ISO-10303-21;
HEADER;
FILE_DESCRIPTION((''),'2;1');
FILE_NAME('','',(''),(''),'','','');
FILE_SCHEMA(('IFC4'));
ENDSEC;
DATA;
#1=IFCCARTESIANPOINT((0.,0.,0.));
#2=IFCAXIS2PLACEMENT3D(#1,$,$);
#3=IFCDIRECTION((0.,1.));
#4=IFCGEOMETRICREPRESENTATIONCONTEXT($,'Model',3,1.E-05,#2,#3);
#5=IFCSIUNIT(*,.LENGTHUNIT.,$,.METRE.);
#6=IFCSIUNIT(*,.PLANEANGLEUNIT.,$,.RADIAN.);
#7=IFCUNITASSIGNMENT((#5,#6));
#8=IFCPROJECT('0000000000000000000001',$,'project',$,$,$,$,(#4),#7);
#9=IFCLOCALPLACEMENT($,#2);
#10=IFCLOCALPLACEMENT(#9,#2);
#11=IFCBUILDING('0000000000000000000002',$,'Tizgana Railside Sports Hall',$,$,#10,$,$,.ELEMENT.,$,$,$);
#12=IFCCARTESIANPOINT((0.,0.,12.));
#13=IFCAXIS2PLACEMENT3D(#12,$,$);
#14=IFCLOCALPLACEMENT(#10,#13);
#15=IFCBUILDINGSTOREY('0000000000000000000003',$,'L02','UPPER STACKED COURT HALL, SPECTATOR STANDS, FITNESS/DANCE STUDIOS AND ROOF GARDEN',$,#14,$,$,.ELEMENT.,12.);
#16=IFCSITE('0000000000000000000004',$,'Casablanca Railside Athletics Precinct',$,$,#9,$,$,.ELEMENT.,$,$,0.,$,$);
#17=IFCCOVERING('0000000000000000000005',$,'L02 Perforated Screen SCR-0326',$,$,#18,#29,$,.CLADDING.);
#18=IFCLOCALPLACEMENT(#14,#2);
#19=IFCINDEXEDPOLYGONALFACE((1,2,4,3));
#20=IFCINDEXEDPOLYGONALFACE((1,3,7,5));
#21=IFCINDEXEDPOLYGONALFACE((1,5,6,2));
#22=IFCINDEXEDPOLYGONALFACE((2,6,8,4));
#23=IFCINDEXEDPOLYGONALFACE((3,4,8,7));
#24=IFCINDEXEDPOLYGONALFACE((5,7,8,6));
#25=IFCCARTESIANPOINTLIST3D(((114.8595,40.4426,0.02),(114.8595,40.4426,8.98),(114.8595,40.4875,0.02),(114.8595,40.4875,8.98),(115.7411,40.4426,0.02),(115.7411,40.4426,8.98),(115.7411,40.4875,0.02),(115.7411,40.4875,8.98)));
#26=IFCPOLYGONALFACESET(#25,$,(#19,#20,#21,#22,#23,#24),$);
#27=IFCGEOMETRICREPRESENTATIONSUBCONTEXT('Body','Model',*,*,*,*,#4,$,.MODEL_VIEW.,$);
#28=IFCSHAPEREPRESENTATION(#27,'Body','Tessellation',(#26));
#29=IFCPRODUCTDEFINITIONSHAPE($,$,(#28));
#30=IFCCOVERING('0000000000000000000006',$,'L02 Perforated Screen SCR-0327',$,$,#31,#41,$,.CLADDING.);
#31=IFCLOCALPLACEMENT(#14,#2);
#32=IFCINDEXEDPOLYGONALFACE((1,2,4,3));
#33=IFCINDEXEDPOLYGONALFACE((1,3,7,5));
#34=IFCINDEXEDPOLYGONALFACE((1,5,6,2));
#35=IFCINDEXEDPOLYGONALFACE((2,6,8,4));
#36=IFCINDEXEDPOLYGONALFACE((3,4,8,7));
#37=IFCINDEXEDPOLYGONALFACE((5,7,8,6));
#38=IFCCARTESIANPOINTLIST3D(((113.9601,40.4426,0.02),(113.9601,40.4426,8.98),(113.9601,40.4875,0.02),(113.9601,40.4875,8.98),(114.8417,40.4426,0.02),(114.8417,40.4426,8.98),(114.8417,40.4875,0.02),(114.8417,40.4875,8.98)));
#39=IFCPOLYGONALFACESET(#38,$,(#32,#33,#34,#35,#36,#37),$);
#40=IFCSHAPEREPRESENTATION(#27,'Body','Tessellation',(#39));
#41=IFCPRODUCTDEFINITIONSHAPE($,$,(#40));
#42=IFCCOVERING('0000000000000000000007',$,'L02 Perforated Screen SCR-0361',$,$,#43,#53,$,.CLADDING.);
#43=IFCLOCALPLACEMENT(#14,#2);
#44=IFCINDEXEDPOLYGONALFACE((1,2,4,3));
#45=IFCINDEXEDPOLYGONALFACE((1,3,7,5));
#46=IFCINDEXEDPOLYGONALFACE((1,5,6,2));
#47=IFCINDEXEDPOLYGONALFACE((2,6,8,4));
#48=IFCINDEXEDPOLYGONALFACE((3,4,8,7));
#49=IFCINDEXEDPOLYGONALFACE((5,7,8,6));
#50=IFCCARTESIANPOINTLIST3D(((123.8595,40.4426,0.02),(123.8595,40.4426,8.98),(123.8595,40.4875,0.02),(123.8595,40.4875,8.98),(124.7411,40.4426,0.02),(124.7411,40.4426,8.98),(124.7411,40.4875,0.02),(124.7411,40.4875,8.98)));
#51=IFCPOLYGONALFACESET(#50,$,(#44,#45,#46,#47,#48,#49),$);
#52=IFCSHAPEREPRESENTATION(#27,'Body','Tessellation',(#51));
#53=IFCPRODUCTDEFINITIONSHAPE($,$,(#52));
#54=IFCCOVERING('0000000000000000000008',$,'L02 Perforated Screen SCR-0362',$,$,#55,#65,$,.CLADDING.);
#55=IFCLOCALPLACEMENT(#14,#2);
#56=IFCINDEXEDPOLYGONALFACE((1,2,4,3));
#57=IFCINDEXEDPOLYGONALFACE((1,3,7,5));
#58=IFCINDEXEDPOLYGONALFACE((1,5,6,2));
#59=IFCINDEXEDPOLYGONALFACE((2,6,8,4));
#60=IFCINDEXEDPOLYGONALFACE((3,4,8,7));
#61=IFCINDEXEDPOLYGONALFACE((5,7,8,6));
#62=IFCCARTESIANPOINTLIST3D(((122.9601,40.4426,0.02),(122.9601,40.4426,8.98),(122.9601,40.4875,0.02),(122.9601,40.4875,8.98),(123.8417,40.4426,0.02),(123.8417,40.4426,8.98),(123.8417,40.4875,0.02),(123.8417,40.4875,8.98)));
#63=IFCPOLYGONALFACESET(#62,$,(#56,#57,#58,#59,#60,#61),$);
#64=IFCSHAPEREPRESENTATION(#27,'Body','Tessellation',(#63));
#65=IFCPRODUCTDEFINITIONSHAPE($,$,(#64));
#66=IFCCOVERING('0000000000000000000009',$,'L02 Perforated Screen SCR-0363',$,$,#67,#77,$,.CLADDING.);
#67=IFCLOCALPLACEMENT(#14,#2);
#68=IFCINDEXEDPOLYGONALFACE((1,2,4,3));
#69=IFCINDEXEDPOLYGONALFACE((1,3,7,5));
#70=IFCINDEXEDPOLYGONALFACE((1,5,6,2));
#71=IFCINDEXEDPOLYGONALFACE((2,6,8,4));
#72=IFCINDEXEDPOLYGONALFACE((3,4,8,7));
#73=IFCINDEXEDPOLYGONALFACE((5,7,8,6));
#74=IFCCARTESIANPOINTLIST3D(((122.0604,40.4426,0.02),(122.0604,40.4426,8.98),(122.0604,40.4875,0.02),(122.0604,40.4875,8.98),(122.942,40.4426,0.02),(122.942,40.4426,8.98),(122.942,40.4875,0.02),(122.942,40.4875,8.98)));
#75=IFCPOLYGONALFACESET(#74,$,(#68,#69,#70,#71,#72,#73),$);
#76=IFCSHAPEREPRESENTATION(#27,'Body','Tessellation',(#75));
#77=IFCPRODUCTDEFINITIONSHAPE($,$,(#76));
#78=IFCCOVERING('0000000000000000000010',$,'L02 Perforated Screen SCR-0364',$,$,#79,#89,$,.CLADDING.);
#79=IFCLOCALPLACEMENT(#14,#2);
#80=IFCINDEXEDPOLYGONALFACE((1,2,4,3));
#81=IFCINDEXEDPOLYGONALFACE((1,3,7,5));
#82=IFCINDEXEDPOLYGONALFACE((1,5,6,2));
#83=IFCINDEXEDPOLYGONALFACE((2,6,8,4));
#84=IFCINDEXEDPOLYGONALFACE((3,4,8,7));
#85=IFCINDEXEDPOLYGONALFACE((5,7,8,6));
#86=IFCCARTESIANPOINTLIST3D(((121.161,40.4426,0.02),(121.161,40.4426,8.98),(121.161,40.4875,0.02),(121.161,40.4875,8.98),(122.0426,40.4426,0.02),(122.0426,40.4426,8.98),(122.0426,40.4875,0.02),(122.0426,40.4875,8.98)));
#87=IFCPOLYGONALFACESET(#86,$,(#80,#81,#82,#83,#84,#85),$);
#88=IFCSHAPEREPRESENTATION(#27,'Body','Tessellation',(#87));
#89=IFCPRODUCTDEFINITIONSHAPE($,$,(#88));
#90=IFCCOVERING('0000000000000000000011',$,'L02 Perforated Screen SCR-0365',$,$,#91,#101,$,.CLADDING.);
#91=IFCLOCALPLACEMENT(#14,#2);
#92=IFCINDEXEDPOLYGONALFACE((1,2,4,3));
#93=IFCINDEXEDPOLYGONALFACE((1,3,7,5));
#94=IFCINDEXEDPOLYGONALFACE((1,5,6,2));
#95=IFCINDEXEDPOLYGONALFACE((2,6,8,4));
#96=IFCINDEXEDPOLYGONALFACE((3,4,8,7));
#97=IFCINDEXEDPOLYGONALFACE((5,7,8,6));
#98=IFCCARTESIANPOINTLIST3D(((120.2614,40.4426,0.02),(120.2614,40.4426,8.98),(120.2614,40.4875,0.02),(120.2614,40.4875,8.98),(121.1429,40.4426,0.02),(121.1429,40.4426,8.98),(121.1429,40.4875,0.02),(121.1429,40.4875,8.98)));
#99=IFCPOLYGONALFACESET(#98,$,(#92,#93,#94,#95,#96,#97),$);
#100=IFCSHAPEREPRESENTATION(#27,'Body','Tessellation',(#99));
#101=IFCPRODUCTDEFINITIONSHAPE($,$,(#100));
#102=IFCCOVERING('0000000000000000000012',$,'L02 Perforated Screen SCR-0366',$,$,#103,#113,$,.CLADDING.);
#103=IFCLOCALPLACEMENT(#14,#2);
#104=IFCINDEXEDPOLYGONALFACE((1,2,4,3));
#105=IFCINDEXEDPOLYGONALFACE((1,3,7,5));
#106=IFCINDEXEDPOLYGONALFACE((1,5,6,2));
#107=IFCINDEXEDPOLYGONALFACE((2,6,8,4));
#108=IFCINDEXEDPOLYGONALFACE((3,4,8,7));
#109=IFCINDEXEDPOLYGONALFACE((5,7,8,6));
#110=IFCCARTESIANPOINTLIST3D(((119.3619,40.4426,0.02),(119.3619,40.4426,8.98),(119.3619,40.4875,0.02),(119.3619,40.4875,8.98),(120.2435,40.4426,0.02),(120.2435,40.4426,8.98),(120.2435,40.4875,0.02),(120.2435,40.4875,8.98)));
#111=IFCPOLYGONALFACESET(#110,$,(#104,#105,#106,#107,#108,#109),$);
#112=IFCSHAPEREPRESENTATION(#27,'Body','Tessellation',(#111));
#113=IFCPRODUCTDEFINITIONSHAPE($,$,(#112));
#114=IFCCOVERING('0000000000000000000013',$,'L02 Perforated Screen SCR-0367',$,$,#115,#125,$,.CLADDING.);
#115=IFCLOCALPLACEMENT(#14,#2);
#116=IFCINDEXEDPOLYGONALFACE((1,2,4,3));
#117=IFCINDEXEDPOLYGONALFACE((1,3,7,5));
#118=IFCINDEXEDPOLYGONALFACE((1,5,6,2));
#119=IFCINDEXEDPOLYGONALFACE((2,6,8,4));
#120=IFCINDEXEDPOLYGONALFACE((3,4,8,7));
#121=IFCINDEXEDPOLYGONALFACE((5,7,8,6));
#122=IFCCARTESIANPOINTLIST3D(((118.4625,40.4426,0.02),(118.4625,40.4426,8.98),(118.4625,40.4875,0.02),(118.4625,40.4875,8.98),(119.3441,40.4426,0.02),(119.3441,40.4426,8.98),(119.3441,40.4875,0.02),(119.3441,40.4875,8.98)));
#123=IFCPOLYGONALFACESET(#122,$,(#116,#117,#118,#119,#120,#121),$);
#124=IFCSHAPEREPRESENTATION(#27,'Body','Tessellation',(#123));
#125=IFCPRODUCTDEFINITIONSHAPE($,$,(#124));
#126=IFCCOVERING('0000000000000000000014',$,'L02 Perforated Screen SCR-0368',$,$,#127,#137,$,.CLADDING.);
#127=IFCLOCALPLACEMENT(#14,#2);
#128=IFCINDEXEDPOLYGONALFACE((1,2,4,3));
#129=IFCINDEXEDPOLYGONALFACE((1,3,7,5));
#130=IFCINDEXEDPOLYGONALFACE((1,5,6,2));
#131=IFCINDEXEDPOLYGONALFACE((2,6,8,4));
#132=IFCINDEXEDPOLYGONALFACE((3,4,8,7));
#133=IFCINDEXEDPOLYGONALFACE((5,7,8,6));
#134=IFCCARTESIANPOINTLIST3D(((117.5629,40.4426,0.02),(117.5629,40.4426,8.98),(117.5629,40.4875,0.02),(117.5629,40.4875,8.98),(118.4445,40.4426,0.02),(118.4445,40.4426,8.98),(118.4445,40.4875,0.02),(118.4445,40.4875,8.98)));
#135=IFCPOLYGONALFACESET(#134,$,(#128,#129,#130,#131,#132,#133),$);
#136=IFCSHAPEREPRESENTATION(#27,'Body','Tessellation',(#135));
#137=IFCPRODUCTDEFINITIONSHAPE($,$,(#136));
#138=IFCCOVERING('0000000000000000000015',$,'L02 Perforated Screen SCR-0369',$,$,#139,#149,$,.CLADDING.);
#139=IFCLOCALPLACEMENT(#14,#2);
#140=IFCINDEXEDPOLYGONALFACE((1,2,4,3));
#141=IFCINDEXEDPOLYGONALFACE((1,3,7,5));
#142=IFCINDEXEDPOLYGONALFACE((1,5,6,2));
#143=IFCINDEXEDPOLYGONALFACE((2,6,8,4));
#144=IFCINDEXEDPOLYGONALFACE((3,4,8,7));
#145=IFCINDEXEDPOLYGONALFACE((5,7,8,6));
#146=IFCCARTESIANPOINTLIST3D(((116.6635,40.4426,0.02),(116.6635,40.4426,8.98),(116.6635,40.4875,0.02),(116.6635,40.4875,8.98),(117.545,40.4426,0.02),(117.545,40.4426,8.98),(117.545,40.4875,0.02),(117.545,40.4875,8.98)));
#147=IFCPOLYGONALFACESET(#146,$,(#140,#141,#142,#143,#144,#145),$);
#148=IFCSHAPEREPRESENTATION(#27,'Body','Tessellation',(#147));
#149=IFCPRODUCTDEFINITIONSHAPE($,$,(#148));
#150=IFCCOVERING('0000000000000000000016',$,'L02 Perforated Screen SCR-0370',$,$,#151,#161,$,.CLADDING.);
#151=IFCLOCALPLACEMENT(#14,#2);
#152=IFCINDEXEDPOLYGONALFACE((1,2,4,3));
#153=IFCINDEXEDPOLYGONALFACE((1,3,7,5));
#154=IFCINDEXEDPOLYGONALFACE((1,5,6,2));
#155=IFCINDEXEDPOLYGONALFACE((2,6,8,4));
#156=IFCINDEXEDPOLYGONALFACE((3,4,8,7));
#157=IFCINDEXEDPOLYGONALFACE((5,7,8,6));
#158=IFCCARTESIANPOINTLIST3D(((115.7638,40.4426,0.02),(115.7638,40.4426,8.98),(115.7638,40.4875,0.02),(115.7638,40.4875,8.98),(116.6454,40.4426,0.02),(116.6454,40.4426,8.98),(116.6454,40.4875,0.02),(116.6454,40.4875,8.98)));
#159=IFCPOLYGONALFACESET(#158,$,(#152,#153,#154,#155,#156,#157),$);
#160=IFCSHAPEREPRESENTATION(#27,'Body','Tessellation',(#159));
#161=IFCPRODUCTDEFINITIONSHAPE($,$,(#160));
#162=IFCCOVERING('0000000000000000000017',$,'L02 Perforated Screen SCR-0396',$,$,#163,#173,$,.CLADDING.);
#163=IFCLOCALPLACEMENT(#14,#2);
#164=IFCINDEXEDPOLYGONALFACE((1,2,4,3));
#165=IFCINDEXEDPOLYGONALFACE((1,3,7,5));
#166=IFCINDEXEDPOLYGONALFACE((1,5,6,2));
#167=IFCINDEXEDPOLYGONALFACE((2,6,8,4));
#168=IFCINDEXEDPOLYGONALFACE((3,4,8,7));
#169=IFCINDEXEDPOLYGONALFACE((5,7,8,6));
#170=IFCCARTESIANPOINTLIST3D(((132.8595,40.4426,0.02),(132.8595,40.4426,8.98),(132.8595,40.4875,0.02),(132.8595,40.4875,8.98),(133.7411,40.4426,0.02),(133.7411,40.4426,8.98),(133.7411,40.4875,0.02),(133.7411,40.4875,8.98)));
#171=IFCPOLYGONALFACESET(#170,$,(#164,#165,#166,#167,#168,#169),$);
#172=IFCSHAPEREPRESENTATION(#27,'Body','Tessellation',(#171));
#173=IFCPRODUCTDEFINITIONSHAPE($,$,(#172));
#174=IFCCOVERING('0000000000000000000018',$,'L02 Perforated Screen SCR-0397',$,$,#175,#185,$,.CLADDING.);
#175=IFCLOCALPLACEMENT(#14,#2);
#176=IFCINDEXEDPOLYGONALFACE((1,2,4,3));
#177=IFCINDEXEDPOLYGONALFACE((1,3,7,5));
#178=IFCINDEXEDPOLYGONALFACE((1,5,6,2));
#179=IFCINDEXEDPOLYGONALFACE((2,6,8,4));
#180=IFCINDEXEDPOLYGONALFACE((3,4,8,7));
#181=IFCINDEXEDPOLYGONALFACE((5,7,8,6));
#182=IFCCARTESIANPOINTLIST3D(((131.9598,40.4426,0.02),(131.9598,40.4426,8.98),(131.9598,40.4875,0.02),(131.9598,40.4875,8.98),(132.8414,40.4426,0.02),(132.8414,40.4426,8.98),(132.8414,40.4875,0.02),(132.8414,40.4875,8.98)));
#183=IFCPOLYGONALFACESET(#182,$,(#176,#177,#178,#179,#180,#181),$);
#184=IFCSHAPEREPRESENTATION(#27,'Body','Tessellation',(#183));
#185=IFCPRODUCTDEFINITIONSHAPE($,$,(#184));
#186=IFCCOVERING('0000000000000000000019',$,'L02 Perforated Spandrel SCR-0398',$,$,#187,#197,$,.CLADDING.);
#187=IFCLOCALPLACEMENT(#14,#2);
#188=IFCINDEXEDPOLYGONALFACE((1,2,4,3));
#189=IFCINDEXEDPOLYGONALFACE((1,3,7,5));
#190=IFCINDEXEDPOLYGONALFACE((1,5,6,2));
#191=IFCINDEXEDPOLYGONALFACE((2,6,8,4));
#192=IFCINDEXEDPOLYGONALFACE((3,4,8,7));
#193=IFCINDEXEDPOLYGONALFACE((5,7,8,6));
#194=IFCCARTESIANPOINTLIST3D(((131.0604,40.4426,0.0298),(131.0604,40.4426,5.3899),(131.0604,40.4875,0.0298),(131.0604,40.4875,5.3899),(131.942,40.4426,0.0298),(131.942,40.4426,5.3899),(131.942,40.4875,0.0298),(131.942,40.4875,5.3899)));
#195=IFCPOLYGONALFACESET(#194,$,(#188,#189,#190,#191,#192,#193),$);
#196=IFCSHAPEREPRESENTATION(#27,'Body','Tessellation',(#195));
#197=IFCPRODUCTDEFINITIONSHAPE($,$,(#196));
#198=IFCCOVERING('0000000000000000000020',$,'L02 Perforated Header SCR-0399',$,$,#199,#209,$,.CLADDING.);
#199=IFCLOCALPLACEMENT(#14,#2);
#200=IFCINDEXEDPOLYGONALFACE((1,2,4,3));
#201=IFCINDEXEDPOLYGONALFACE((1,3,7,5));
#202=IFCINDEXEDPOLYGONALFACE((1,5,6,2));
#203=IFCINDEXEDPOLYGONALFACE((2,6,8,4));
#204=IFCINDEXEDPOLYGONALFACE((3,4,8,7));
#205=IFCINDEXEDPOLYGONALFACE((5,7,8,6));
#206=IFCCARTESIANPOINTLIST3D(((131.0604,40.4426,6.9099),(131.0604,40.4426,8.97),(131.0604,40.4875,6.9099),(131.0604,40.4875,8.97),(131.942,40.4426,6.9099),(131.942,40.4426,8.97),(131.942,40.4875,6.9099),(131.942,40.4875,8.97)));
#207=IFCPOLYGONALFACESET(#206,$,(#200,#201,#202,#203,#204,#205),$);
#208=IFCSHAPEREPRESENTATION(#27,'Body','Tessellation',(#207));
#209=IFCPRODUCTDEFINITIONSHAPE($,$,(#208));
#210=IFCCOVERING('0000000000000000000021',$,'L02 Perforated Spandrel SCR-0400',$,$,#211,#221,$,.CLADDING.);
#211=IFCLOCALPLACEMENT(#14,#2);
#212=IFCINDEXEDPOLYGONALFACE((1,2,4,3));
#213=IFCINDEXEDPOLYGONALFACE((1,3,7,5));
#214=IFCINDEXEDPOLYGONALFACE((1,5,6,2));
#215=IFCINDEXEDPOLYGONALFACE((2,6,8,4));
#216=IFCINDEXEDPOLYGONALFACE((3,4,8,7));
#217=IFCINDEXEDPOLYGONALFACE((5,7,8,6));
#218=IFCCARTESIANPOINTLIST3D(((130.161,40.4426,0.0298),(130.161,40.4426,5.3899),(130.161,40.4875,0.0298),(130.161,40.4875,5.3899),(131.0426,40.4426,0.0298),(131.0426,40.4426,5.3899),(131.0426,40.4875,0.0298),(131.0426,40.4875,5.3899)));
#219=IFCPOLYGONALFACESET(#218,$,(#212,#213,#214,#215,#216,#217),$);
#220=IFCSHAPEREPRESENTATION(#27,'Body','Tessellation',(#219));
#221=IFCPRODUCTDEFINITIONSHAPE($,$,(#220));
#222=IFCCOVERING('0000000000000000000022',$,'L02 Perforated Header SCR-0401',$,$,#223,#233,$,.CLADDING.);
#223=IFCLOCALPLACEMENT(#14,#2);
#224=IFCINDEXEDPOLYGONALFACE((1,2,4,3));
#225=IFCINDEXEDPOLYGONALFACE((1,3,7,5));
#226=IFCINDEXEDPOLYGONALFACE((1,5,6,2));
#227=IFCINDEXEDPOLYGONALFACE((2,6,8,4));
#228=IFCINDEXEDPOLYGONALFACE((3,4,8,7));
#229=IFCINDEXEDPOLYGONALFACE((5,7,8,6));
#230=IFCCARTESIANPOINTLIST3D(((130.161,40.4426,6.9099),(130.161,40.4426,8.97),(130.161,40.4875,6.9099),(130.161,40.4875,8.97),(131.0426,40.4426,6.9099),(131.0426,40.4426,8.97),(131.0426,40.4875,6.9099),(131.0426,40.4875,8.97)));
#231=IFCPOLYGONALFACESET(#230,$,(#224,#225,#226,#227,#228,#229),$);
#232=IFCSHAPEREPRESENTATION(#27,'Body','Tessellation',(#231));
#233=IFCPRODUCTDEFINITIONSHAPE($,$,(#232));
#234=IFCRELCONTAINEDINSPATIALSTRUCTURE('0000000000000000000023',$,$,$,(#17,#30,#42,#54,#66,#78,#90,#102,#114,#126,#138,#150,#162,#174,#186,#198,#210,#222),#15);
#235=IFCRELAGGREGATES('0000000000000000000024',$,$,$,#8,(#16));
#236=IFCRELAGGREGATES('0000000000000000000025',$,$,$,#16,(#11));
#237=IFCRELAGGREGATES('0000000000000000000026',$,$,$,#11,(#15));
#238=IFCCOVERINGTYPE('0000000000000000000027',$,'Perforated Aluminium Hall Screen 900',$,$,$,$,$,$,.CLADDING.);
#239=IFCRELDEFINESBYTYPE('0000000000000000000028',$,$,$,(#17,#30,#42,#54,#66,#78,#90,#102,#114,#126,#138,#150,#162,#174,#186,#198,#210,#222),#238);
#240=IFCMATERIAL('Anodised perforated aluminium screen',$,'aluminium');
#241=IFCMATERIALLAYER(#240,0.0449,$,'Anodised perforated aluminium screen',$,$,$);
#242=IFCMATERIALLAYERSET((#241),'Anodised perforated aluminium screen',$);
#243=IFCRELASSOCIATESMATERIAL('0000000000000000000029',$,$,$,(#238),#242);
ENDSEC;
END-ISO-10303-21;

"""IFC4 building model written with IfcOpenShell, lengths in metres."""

from ifc_helpers import new_model, si_unit, direction, frame, origin, origin_2d, place, context, subcontext, project, spatial, rectangle, extrude, material, layer, layer_set, type_object, element, save


model = new_model("IFC4")

# Units and contexts
model_context = context("Model", 3, precision=1e-05, world=origin(), true_north=direction((0.0, 1.0)))
body_context = subcontext(model_context, "Body", "Model", "MODEL_VIEW")
ifc_project = project(units=[si_unit("LENGTHUNIT", "METRE"), si_unit("PLANEANGLEUNIT", "RADIAN")], contexts=[model_context])

# Site, building, storey
site_placement = place(None, origin())
site = spatial("IfcSite", under=ifc_project, at=site_placement, Name="Casablanca Railside Athletics Precinct", CompositionType="ELEMENT", RefElevation=0.0)
building_placement = place(site_placement, origin())
building = spatial("IfcBuilding", under=site, at=building_placement, Name="Tizgana Railside Sports Hall", CompositionType="ELEMENT")
storey_placement = place(building_placement, frame((0.0, 0.0, 12.0)))
storey = spatial("IfcBuildingStorey", under=building, at=storey_placement, Name="L02", Description="UPPER STACKED COURT HALL, SPECTATOR STANDS, FITNESS/DANCE STUDIOS AND ROOF GARDEN", CompositionType="ELEMENT", Elevation=12.0)

# Coverings
ifc_material_1 = material(Name="Anodised perforated aluminium screen", Category="aluminium")
ifc_layer = layer(ifc_material_1, 0.0449, Name="Anodised perforated aluminium screen")
ifc_layer_set = layer_set([ifc_layer], Name="Anodised perforated aluminium screen")
covering_type = type_object("IfcCoveringType", Name="Perforated Aluminium Hall Screen 900", PredefinedType="CLADDING", material=ifc_layer_set)
for number, where, z_axis, x_axis, name in (
    (1, (115.3003, 40.4651, 0.02), (0.0, 0.0, 1.0), (-1.0, 0.0, 0.0), "L02 Perforated Screen SCR-0326"),
    (2, (114.4009, 40.4651, 0.02), (0.0, 0.0, 1.0), (-1.0, 0.0, 0.0), "L02 Perforated Screen SCR-0327"),
    (3, (124.3003, 40.4651, 0.02), (0.0, 0.0, 1.0), (-1.0, 0.0, 0.0), "L02 Perforated Screen SCR-0361"),
    (4, (123.4009, 40.4651, 0.02), (0.0, 0.0, 1.0), (-1.0, 0.0, 0.0), "L02 Perforated Screen SCR-0362"),
    (5, (122.5012, 40.4651, 0.02), (0.0, 0.0, 1.0), (-1.0, 0.0, 0.0), "L02 Perforated Screen SCR-0363"),
    (6, (121.6018, 40.4651, 0.02), (0.0, 0.0, 1.0), (-1.0, 0.0, 0.0), "L02 Perforated Screen SCR-0364"),
    (7, (120.7021, 40.4651, 0.02), (0.0, 0.0, 1.0), (-1.0, 0.0, 0.0), "L02 Perforated Screen SCR-0365"),
    (8, (119.8027, 40.4651, 0.02), (0.0, 0.0, 1.0), (-1.0, 0.0, 0.0), "L02 Perforated Screen SCR-0366"),
    (9, (118.9033, 40.4651, 0.02), (0.0, 0.0, 1.0), (-1.0, 0.0, 0.0), "L02 Perforated Screen SCR-0367"),
    (10, (118.0037, 40.4651, 0.02), (0.0, 0.0, 1.0), (-1.0, 0.0, 0.0), "L02 Perforated Screen SCR-0368"),
    (11, (117.1042, 40.4651, 0.02), (0.0, 0.0, 1.0), (-1.0, 0.0, 0.0), "L02 Perforated Screen SCR-0369"),
    (12, (116.2046, 40.4651, 0.02), (0.0, 0.0, 1.0), (-1.0, 0.0, 0.0), "L02 Perforated Screen SCR-0370"),
    (13, (133.3003, 40.4651, 0.02), (0.0, 0.0, 1.0), (-1.0, 0.0, 0.0), "L02 Perforated Screen SCR-0396"),
    (14, (132.4006, 40.4651, 0.02), (0.0, 0.0, 1.0), (-1.0, 0.0, 0.0), "L02 Perforated Screen SCR-0397"),
):
    element("IfcCovering", number, at=place(storey_placement, frame(where, z_axis=z_axis, x_axis=x_axis)), inside=storey, type_object=covering_type, Name=name, PredefinedType="CLADDING", context=body_context, shape_type="SweptSolid", body=[
        extrude(rectangle(XDim=0.8816, YDim=0.0449, at=origin_2d()), origin(), (0.0, 0.0, 1.0), 8.96),
    ])
covering_1_placement = place(storey_placement, frame((131.5012, 40.4651, 0.0298), z_axis=(0.0, 0.0, 1.0), x_axis=(-1.0, 0.0, 0.0)))
element("IfcCovering", 15, at=covering_1_placement, inside=storey, type_object=covering_type, Name="L02 Perforated Spandrel SCR-0398", PredefinedType="CLADDING", context=body_context, shape_type="SweptSolid", body=[
    extrude(rectangle(XDim=0.8816, YDim=0.0449, at=origin_2d()), origin(), (0.0, 0.0, 1.0), 5.3601),
])
covering_2_placement = place(storey_placement, frame((131.5012, 40.4651, 6.9099), z_axis=(0.0, 0.0, 1.0), x_axis=(-1.0, 0.0, 0.0)))
element("IfcCovering", 16, at=covering_2_placement, inside=storey, type_object=covering_type, Name="L02 Perforated Header SCR-0399", PredefinedType="CLADDING", context=body_context, shape_type="SweptSolid", body=[
    extrude(rectangle(XDim=0.8816, YDim=0.0449, at=origin_2d()), origin(), (0.0, 0.0, 1.0), 2.0601),
])
covering_3_placement = place(storey_placement, frame((130.6018, 40.4651, 0.0298), z_axis=(0.0, 0.0, 1.0), x_axis=(-1.0, 0.0, 0.0)))
element("IfcCovering", 17, at=covering_3_placement, inside=storey, type_object=covering_type, Name="L02 Perforated Spandrel SCR-0400", PredefinedType="CLADDING", context=body_context, shape_type="SweptSolid", body=[
    extrude(rectangle(XDim=0.8816, YDim=0.0449, at=origin_2d()), origin(), (0.0, 0.0, 1.0), 5.3601),
])
covering_4_placement = place(storey_placement, frame((130.6018, 40.4651, 6.9099), z_axis=(0.0, 0.0, 1.0), x_axis=(-1.0, 0.0, 0.0)))
element("IfcCovering", 18, at=covering_4_placement, inside=storey, type_object=covering_type, Name="L02 Perforated Header SCR-0401", PredefinedType="CLADDING", context=body_context, shape_type="SweptSolid", body=[
    extrude(rectangle(XDim=0.8816, YDim=0.0449, at=origin_2d()), origin(), (0.0, 0.0, 1.0), 2.0601),
])

save(model, "model.ifc")
